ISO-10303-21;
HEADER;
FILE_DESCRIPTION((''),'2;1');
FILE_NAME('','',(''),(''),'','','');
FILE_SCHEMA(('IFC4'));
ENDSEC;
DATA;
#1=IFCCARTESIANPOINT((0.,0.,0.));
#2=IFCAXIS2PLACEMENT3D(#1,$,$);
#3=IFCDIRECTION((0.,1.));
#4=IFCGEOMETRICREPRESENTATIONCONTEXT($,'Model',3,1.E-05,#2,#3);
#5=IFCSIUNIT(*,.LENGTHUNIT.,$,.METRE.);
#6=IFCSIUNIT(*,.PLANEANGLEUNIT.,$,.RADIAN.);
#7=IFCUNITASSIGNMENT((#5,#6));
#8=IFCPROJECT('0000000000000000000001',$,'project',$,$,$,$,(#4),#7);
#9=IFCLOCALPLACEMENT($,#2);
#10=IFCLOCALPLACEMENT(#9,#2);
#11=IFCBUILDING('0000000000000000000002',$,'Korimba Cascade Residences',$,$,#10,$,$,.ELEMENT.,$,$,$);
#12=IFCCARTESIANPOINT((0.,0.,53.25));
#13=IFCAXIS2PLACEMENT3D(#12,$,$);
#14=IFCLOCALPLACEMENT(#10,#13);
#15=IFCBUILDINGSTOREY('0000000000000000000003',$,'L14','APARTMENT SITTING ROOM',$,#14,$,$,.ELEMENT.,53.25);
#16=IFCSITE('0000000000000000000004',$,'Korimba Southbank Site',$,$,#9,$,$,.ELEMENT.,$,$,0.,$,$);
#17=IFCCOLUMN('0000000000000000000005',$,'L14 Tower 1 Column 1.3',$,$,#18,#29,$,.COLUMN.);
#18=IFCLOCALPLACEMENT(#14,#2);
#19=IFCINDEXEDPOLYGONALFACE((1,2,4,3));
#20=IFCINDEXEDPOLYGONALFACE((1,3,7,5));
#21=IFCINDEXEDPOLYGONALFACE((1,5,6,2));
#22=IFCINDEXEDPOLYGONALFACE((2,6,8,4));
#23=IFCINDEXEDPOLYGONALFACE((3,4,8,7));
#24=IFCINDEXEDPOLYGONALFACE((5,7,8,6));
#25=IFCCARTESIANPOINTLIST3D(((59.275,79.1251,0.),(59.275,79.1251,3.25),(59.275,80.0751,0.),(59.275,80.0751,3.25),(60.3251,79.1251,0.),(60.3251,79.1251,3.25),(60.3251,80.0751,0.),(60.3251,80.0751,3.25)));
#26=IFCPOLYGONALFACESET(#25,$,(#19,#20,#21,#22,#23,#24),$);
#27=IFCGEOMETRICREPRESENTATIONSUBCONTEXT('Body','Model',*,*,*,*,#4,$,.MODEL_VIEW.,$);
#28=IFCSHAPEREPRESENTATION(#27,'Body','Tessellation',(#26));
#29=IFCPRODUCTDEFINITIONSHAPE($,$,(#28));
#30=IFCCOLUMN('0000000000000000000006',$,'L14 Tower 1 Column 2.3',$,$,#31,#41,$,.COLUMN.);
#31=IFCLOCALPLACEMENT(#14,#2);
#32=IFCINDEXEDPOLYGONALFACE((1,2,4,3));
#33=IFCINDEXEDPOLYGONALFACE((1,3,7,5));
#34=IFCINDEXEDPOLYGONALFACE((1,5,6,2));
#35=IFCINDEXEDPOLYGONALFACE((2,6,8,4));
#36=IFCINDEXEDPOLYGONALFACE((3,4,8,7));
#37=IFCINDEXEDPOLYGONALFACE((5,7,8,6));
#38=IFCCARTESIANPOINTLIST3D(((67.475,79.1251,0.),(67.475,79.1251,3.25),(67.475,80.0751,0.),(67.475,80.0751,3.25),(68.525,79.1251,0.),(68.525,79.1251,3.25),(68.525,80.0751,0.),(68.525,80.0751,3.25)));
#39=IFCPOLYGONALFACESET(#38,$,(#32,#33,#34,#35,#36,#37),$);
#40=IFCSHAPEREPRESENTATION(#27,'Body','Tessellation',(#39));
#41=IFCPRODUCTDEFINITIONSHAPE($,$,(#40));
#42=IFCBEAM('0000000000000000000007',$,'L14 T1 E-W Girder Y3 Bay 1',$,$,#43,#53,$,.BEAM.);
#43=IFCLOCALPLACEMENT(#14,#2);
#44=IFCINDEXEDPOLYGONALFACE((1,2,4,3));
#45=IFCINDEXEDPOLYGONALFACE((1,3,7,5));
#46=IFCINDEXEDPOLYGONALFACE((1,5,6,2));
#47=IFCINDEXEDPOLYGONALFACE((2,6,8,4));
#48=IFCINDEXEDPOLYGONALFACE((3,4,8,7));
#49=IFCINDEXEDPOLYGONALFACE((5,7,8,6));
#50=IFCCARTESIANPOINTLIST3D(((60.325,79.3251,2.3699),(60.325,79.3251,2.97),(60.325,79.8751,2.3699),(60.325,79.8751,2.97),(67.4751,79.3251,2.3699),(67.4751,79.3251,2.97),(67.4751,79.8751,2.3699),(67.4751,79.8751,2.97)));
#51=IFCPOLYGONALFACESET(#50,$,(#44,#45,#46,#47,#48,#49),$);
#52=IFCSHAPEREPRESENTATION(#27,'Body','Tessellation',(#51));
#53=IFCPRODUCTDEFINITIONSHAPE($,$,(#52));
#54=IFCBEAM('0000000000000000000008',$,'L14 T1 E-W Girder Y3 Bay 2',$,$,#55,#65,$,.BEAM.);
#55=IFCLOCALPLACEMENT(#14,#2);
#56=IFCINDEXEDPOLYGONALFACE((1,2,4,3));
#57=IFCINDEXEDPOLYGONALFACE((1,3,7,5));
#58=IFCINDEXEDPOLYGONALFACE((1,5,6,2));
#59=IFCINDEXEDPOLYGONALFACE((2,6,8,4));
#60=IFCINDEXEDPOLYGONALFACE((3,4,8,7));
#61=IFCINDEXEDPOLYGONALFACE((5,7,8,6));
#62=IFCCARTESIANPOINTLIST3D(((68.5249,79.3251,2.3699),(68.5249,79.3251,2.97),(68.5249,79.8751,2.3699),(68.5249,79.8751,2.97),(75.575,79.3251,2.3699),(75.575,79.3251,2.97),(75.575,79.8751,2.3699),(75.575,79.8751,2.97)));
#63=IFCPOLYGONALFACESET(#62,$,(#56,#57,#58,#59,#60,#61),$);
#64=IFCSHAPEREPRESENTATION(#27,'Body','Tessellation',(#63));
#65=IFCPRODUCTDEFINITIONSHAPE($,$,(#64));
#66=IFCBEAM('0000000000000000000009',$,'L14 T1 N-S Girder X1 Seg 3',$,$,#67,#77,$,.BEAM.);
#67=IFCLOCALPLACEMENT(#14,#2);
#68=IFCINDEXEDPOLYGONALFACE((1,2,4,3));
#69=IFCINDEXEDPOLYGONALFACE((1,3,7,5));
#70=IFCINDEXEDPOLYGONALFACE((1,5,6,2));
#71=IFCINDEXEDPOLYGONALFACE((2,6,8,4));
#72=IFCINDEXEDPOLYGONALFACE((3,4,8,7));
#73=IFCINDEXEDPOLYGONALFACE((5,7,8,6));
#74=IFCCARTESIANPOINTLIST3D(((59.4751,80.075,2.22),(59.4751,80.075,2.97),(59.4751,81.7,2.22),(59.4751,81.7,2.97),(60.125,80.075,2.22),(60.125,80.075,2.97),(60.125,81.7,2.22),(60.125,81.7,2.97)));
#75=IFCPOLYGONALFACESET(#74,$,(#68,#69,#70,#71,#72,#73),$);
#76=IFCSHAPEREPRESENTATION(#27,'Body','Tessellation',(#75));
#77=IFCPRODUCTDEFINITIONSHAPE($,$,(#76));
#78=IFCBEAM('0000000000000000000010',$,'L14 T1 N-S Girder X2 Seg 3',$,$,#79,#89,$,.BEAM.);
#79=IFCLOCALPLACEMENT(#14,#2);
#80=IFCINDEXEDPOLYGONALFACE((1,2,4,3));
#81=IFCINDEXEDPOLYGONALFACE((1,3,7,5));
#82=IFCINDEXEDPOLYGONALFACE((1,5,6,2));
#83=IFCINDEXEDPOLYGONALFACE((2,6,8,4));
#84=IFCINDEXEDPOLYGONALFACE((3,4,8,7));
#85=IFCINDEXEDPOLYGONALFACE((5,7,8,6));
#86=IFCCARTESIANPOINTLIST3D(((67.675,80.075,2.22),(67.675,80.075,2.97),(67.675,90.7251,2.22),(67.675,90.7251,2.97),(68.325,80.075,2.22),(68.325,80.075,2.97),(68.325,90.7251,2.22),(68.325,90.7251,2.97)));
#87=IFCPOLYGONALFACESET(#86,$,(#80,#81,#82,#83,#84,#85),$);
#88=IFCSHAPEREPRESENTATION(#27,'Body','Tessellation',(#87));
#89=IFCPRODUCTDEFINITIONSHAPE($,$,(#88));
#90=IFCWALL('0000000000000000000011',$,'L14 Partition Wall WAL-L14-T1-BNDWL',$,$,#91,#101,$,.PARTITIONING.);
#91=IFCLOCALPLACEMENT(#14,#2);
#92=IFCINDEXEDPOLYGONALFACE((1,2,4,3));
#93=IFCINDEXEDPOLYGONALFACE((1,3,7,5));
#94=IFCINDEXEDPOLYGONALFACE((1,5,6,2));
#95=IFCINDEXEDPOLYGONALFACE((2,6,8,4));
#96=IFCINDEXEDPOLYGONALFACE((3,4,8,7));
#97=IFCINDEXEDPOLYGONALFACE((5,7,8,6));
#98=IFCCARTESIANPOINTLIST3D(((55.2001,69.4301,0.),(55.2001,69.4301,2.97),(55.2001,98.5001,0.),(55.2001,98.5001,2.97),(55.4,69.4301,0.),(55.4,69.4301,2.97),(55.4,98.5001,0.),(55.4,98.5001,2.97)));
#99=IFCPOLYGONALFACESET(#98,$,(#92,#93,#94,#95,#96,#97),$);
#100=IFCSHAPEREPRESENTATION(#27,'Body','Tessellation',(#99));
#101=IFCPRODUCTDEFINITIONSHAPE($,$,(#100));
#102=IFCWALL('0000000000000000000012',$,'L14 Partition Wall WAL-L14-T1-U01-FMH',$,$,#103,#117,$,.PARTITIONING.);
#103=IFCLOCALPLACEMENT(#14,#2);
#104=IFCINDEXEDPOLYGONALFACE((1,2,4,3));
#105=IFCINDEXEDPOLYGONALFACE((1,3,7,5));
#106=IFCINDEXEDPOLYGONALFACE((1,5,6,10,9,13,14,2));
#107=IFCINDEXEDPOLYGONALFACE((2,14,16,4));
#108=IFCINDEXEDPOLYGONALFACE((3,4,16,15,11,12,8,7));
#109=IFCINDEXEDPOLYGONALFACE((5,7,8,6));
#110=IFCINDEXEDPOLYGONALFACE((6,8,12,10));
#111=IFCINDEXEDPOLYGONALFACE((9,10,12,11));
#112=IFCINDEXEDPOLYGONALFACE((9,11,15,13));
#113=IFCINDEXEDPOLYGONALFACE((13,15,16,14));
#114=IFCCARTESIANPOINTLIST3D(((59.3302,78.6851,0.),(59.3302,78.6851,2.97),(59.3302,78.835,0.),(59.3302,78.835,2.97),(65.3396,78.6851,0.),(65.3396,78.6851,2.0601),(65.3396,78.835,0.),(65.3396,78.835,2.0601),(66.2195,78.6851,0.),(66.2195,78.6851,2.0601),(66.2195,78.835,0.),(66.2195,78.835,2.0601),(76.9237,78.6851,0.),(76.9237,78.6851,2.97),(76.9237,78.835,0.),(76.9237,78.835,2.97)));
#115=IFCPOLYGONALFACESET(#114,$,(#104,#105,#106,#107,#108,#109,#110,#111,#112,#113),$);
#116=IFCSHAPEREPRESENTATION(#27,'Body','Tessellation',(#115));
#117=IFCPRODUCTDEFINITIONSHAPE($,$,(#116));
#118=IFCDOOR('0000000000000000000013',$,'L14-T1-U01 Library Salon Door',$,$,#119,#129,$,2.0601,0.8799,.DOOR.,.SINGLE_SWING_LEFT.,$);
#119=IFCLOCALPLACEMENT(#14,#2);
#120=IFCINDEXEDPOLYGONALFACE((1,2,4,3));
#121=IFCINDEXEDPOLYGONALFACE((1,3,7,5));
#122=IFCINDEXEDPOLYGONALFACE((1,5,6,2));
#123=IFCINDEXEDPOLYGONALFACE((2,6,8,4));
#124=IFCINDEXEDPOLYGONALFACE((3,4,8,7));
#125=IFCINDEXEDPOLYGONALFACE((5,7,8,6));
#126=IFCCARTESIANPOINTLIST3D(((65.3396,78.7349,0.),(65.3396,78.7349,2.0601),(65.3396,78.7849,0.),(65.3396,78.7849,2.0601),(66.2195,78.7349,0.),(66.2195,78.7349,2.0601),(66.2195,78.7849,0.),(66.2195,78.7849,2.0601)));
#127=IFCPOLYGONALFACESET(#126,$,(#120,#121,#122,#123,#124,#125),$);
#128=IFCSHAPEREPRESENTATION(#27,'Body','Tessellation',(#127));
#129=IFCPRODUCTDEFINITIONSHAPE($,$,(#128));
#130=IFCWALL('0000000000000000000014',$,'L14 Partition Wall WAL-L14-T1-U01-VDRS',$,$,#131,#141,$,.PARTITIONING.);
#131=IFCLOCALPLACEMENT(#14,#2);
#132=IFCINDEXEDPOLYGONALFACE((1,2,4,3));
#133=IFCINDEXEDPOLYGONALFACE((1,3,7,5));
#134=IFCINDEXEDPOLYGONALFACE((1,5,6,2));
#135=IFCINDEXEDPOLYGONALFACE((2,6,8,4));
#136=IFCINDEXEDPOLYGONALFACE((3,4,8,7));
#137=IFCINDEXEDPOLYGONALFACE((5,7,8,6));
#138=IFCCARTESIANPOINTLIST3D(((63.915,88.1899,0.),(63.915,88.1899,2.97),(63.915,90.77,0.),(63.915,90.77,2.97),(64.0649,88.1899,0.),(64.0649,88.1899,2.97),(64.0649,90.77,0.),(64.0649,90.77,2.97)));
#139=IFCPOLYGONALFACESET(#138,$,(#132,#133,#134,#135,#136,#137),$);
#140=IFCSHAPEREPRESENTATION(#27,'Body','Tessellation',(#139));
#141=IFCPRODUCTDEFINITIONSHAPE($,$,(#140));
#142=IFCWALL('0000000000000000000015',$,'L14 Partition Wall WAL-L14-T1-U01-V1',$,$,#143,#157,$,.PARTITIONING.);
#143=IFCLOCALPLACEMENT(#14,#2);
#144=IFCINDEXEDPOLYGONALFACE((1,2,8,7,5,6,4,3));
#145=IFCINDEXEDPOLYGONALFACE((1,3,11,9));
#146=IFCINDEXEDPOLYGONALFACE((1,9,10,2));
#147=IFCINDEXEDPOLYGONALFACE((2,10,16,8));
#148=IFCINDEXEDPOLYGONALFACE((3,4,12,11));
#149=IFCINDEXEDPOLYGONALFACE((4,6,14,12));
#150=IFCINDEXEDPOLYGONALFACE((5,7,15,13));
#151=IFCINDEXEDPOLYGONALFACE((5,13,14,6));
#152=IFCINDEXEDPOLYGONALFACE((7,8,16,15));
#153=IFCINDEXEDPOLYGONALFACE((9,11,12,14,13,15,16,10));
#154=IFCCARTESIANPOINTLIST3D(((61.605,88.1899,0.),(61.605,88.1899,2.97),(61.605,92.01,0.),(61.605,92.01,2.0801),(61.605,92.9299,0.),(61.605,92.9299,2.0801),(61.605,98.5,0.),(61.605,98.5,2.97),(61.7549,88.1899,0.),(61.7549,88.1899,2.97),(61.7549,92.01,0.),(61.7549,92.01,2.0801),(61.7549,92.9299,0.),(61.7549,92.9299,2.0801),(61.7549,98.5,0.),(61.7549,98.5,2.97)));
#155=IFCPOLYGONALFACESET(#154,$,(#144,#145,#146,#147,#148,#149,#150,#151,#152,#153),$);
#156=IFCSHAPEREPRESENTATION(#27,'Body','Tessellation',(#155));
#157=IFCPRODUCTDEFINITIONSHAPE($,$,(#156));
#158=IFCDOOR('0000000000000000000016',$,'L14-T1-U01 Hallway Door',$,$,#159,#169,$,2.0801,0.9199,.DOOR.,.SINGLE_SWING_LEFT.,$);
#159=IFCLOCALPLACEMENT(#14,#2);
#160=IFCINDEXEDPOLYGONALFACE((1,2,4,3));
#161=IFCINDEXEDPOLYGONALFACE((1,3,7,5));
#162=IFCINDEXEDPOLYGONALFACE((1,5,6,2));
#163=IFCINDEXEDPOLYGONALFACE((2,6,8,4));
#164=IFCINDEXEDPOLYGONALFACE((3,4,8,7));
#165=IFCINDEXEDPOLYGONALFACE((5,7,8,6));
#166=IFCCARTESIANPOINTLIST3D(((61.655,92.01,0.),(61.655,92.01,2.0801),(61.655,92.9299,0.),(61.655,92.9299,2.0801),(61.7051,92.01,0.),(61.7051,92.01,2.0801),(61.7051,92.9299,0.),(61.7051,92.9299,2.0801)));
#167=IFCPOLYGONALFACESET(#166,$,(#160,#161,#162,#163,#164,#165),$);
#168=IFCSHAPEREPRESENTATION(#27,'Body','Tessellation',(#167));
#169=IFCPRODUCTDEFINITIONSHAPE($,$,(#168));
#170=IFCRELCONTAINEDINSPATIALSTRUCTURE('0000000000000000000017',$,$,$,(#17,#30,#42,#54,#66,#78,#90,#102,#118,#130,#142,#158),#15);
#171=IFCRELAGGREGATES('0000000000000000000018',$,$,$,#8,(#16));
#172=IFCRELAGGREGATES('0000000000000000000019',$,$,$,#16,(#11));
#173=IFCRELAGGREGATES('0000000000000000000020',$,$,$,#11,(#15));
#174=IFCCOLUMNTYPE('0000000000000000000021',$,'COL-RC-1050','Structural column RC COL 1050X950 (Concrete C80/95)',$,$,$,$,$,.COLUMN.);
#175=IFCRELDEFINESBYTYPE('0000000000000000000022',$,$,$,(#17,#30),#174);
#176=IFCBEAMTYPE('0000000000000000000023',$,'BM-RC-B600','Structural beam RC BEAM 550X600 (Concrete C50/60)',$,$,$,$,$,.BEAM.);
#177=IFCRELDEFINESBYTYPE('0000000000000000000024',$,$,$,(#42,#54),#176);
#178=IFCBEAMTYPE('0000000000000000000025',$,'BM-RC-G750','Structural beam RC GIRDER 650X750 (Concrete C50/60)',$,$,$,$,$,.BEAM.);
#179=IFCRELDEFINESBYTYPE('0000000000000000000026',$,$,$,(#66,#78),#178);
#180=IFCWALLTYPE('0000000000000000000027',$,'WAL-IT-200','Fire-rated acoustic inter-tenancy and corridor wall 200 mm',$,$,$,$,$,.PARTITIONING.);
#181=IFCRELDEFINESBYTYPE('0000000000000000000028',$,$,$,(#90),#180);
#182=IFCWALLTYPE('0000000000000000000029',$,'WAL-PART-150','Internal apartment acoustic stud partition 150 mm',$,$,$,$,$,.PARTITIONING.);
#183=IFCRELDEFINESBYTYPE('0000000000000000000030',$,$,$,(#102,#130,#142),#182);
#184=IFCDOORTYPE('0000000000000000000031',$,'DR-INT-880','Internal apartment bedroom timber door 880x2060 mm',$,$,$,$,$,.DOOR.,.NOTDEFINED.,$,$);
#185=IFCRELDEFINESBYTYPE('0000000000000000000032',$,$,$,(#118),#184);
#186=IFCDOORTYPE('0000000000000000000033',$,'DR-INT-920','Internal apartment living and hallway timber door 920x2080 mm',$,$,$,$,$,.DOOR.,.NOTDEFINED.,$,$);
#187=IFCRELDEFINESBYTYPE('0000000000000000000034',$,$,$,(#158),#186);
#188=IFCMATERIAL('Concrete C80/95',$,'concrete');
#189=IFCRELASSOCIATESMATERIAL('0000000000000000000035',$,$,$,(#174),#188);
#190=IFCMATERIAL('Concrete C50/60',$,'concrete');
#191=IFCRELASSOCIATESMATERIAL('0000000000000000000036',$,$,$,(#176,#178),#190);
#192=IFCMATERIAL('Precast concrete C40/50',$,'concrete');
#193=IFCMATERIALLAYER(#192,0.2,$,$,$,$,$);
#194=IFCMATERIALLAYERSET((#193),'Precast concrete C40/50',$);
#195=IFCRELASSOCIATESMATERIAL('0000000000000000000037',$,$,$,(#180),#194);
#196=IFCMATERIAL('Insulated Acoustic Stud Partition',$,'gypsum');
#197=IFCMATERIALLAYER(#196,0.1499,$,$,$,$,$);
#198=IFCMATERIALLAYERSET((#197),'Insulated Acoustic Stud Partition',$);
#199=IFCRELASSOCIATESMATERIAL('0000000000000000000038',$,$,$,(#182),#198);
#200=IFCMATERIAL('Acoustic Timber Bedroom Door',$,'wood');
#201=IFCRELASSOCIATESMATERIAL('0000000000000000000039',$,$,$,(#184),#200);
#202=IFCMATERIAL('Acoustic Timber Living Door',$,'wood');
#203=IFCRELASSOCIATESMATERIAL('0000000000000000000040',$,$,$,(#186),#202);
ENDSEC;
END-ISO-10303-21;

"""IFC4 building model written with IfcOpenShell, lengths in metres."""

from ifc_helpers import new_model, si_unit, direction, frame, frame_2d, origin, origin_2d, place, context, subcontext, project, spatial, rectangle, extrude, material, layer, layer_set, material_profile, profile_set, type_object, element, fill, save


model = new_model("IFC4")

# Units and contexts
model_context = context("Model", 3, precision=1e-05, world=origin(), true_north=direction((0.0, 1.0)))
body_context = subcontext(model_context, "Body", "Model", "MODEL_VIEW")
ifc_project = project(units=[si_unit("LENGTHUNIT", "METRE"), si_unit("PLANEANGLEUNIT", "RADIAN")], contexts=[model_context])

# Site, building, storey
site_placement = place(None, origin())
site = spatial("IfcSite", under=ifc_project, at=site_placement, Name="Korimba Southbank Site", CompositionType="ELEMENT", RefElevation=0.0)
building_placement = place(site_placement, origin())
building = spatial("IfcBuilding", under=site, at=building_placement, Name="Korimba Cascade Residences", CompositionType="ELEMENT")
storey_placement = place(building_placement, frame((0.0, 0.0, 53.25)))
storey = spatial("IfcBuildingStorey", under=building, at=storey_placement, Name="L14", Description="APARTMENT SITTING ROOM", CompositionType="ELEMENT", Elevation=53.25)

# Columns
ifc_material_1 = material(Name="Concrete C80/95", Category="concrete")
ifc_material_profile_1 = material_profile(ifc_material_1, rectangle(XDim=1.05, YDim=0.95, at=origin_2d()), Name="Concrete C80/95")
ifc_profile_set_1 = profile_set([ifc_material_profile_1], Name="Concrete C80/95")
column_type = type_object("IfcColumnType", Name="COL-RC-1050", Description="Structural column RC COL 1050X950 (Concrete C80/95)", PredefinedType="COLUMN", material=ifc_profile_set_1)
for number, where, z_axis, x_axis, name in (
    (1, (59.8, 79.6001, 0.0), (0.0, 0.0, 1.0), (1.0, 0.0, 0.0), "L14 Tower 1 Column 1.3"),
    (2, (68.0, 79.6001, 0.0), (0.0, 0.0, 1.0), (1.0, 0.0, 0.0), "L14 Tower 1 Column 2.3"),
):
    element("IfcColumn", number, at=place(storey_placement, frame(where, z_axis=z_axis, x_axis=x_axis)), inside=storey, type_object=column_type, Name=name, PredefinedType="COLUMN", context=body_context, shape_type="SweptSolid", body=[
        extrude(rectangle(XDim=1.05, YDim=0.95, at=origin_2d()), origin(), (0.0, 0.0, 1.0), 3.25),
    ])

# Beams
ifc_material_2 = material(Name="Concrete C50/60", Category="concrete")
ifc_material_profile_2 = material_profile(ifc_material_2, rectangle(XDim=0.55, YDim=0.6001, at=origin_2d()), Name="Concrete C50/60")
ifc_profile_set_2 = profile_set([ifc_material_profile_2], Name="Concrete C50/60")
beam_type_1 = type_object("IfcBeamType", Name="BM-RC-B600", Description="Structural beam RC BEAM 550X600 (Concrete C50/60)", PredefinedType="BEAM", material=ifc_profile_set_2)
beam_1_placement = place(storey_placement, frame((60.325, 79.6001, 2.6699), z_axis=(1.0, 0.0, 0.0), x_axis=(0.0, 1.0, 0.0)))
element("IfcBeam", 3, at=beam_1_placement, inside=storey, type_object=beam_type_1, Name="L14 T1 E-W Girder Y3 Bay 1", PredefinedType="BEAM", context=body_context, shape_type="SweptSolid", body=[
    extrude(rectangle(XDim=0.55, YDim=0.6001, at=origin_2d()), origin(), (0.0, 0.0, 1.0), 7.1501),
])
beam_2_placement = place(storey_placement, frame((68.5249, 79.6001, 2.6699), z_axis=(1.0, 0.0, 0.0), x_axis=(0.0, 1.0, 0.0)))
element("IfcBeam", 4, at=beam_2_placement, inside=storey, type_object=beam_type_1, Name="L14 T1 E-W Girder Y3 Bay 2", PredefinedType="BEAM", context=body_context, shape_type="SweptSolid", body=[
    extrude(rectangle(XDim=0.55, YDim=0.6001, at=origin_2d()), origin(), (0.0, 0.0, 1.0), 7.05),
])
ifc_material_profile_3 = material_profile(ifc_material_2, rectangle(XDim=0.6499, YDim=0.75, at=origin_2d()), Name="Concrete C50/60")
ifc_profile_set_3 = profile_set([ifc_material_profile_3], Name="Concrete C50/60")
beam_type_2 = type_object("IfcBeamType", Name="BM-RC-G750", Description="Structural beam RC GIRDER 650X750 (Concrete C50/60)", PredefinedType="BEAM", material=ifc_profile_set_3)
beam_3_placement = place(storey_placement, frame((59.8, 80.075, 2.595), z_axis=(0.0, 1.0, 0.0), x_axis=(-1.0, 0.0, 0.0)))
element("IfcBeam", 5, at=beam_3_placement, inside=storey, type_object=beam_type_2, Name="L14 T1 N-S Girder X1 Seg 3", PredefinedType="BEAM", context=body_context, shape_type="SweptSolid", body=[
    extrude(rectangle(XDim=0.6499, YDim=0.75, at=origin_2d()), origin(), (0.0, 0.0, 1.0), 1.625),
])
beam_4_placement = place(storey_placement, frame((68.0, 80.075, 2.595), z_axis=(0.0, 1.0, 0.0), x_axis=(-1.0, 0.0, 0.0)))
element("IfcBeam", 6, at=beam_4_placement, inside=storey, type_object=beam_type_2, Name="L14 T1 N-S Girder X2 Seg 3", PredefinedType="BEAM", context=body_context, shape_type="SweptSolid", body=[
    extrude(rectangle(XDim=0.6499, YDim=0.75, at=origin_2d()), origin(), (0.0, 0.0, 1.0), 10.6501),
])

# Wall
ifc_material_3 = material(Name="Precast concrete C40/50", Category="concrete")
ifc_layer_1 = layer(ifc_material_3, 0.2)
ifc_layer_set_1 = layer_set([ifc_layer_1], Name="Precast concrete C40/50")
wall_type_1 = type_object("IfcWallType", Name="WAL-IT-200", Description="Fire-rated acoustic inter-tenancy and corridor wall 200 mm", PredefinedType="PARTITIONING", material=ifc_layer_set_1)
wall_1_placement = place(storey_placement, frame((55.3, 69.4299, 0.0), z_axis=(0.0, 0.0, 1.0), x_axis=(0.0, 1.0, 0.0)))
element("IfcWall", 7, at=wall_1_placement, inside=storey, type_object=wall_type_1, Name="L14 Partition Wall WAL-L14-T1-BNDWL", PredefinedType="PARTITIONING", context=body_context, shape_type="SweptSolid", body=[
    extrude(rectangle(XDim=29.0701, YDim=0.2, at=frame_2d((14.5352, 0.0))), origin(), (0.0, 0.0, 1.0), 2.97),
])

# Wall, opening, door
ifc_material_4 = material(Name="Insulated Acoustic Stud Partition", Category="gypsum")
ifc_layer_2 = layer(ifc_material_4, 0.1499)
ifc_layer_set_2 = layer_set([ifc_layer_2], Name="Insulated Acoustic Stud Partition")
wall_type_2 = type_object("IfcWallType", Name="WAL-PART-150", Description="Internal apartment acoustic stud partition 150 mm", PredefinedType="PARTITIONING", material=ifc_layer_set_2)
wall_2_placement = place(storey_placement, frame((59.3301, 78.76, 0.0), z_axis=(0.0, 0.0, 1.0), x_axis=(1.0, 0.0, 0.0)))
wall_2 = element("IfcWall", 8, at=wall_2_placement, inside=storey, type_object=wall_type_2, Name="L14 Partition Wall WAL-L14-T1-U01-FMH", PredefinedType="PARTITIONING", context=body_context, shape_type="SweptSolid", body=[
    extrude(rectangle(XDim=17.5935, YDim=0.1499, at=frame_2d((8.7969, 0.0))), origin(), (0.0, 0.0, 1.0), 2.97),
])
opening_1_placement = place(wall_2_placement, frame((6.0095, 0.0, 0.0)))
opening_1 = element("IfcOpeningElement", 9, at=opening_1_placement, cuts=wall_2, PredefinedType="OPENING", context=body_context, shape_type="SweptSolid", body=[
    extrude(rectangle(XDim=0.8799, YDim=2.0601, at=frame_2d((0.4399, 1.03))), frame((0.0, 0.085, 0.0), z_axis=(0.0, -1.0, 0.0), x_axis=(1.0, 0.0, 0.0)), (0.0, 0.0, 1.0), 0.1699),
])
ifc_material_5 = material(Name="Acoustic Timber Bedroom Door", Category="wood")
door_type_1 = type_object("IfcDoorType", Name="DR-INT-880", Description="Internal apartment bedroom timber door 880x2060 mm", OperationType="NOTDEFINED", PredefinedType="DOOR", material=ifc_material_5)
door_1_placement = place(opening_1_placement, origin())
door_1 = element("IfcDoor", 10, at=door_1_placement, inside=storey, type_object=door_type_1, Name="L14-T1-U01 Library Salon Door", OperationType="SINGLE_SWING_LEFT", OverallHeight=2.0601, OverallWidth=0.8799, PredefinedType="DOOR", context=body_context, shape_type="SweptSolid", body=[
    extrude(rectangle(XDim=0.8799, YDim=2.0601, at=frame_2d((0.4399, 1.03))), frame((0.0, 0.0249, 0.0), z_axis=(0.0, -1.0, 0.0), x_axis=(1.0, 0.0, 0.0)), (0.0, 0.0, 1.0), 0.05),
])
fill(opening_1, door_1)

# Wall
wall_3_placement = place(storey_placement, frame((63.99, 88.1899, 0.0), z_axis=(0.0, 0.0, 1.0), x_axis=(0.0, 1.0, 0.0)))
element("IfcWall", 11, at=wall_3_placement, inside=storey, type_object=wall_type_2, Name="L14 Partition Wall WAL-L14-T1-U01-VDRS", PredefinedType="PARTITIONING", context=body_context, shape_type="SweptSolid", body=[
    extrude(rectangle(XDim=2.5801, YDim=0.1499, at=frame_2d((1.29, 0.0))), origin(), (0.0, 0.0, 1.0), 2.97),
])

# Wall, opening, door
wall_4_placement = place(storey_placement, frame((61.6799, 88.1899, 0.0), z_axis=(0.0, 0.0, 1.0), x_axis=(0.0, 1.0, 0.0)))
wall_4 = element("IfcWall", 12, at=wall_4_placement, inside=storey, type_object=wall_type_2, Name="L14 Partition Wall WAL-L14-T1-U01-V1", PredefinedType="PARTITIONING", context=body_context, shape_type="SweptSolid", body=[
    extrude(rectangle(XDim=10.3101, YDim=0.1499, at=frame_2d((5.155, 0.0))), origin(), (0.0, 0.0, 1.0), 2.97),
])
opening_2_placement = place(wall_4_placement, frame((3.8201, 0.0, 0.0)))
opening_2 = element("IfcOpeningElement", 13, at=opening_2_placement, cuts=wall_4, PredefinedType="OPENING", context=body_context, shape_type="SweptSolid", body=[
    extrude(rectangle(XDim=0.9199, YDim=2.0801, at=frame_2d((0.46, 1.04))), frame((0.0, 0.085, 0.0), z_axis=(0.0, -1.0, 0.0), x_axis=(1.0, 0.0, 0.0)), (0.0, 0.0, 1.0), 0.1699),
])
ifc_material_6 = material(Name="Acoustic Timber Living Door", Category="wood")
door_type_2 = type_object("IfcDoorType", Name="DR-INT-920", Description="Internal apartment living and hallway timber door 920x2080 mm", OperationType="NOTDEFINED", PredefinedType="DOOR", material=ifc_material_6)
door_2_placement = place(opening_2_placement, origin())
door_2 = element("IfcDoor", 14, at=door_2_placement, inside=storey, type_object=door_type_2, Name="L14-T1-U01 Hallway Door", OperationType="SINGLE_SWING_LEFT", OverallHeight=2.0801, OverallWidth=0.9199, PredefinedType="DOOR", context=body_context, shape_type="SweptSolid", body=[
    extrude(rectangle(XDim=0.9199, YDim=2.0801, at=frame_2d((0.46, 1.04))), frame((0.0, 0.0249, 0.0), z_axis=(0.0, -1.0, 0.0), x_axis=(1.0, 0.0, 0.0)), (0.0, 0.0, 1.0), 0.05),
])
fill(opening_2, door_2)

save(model, "model.ifc")
